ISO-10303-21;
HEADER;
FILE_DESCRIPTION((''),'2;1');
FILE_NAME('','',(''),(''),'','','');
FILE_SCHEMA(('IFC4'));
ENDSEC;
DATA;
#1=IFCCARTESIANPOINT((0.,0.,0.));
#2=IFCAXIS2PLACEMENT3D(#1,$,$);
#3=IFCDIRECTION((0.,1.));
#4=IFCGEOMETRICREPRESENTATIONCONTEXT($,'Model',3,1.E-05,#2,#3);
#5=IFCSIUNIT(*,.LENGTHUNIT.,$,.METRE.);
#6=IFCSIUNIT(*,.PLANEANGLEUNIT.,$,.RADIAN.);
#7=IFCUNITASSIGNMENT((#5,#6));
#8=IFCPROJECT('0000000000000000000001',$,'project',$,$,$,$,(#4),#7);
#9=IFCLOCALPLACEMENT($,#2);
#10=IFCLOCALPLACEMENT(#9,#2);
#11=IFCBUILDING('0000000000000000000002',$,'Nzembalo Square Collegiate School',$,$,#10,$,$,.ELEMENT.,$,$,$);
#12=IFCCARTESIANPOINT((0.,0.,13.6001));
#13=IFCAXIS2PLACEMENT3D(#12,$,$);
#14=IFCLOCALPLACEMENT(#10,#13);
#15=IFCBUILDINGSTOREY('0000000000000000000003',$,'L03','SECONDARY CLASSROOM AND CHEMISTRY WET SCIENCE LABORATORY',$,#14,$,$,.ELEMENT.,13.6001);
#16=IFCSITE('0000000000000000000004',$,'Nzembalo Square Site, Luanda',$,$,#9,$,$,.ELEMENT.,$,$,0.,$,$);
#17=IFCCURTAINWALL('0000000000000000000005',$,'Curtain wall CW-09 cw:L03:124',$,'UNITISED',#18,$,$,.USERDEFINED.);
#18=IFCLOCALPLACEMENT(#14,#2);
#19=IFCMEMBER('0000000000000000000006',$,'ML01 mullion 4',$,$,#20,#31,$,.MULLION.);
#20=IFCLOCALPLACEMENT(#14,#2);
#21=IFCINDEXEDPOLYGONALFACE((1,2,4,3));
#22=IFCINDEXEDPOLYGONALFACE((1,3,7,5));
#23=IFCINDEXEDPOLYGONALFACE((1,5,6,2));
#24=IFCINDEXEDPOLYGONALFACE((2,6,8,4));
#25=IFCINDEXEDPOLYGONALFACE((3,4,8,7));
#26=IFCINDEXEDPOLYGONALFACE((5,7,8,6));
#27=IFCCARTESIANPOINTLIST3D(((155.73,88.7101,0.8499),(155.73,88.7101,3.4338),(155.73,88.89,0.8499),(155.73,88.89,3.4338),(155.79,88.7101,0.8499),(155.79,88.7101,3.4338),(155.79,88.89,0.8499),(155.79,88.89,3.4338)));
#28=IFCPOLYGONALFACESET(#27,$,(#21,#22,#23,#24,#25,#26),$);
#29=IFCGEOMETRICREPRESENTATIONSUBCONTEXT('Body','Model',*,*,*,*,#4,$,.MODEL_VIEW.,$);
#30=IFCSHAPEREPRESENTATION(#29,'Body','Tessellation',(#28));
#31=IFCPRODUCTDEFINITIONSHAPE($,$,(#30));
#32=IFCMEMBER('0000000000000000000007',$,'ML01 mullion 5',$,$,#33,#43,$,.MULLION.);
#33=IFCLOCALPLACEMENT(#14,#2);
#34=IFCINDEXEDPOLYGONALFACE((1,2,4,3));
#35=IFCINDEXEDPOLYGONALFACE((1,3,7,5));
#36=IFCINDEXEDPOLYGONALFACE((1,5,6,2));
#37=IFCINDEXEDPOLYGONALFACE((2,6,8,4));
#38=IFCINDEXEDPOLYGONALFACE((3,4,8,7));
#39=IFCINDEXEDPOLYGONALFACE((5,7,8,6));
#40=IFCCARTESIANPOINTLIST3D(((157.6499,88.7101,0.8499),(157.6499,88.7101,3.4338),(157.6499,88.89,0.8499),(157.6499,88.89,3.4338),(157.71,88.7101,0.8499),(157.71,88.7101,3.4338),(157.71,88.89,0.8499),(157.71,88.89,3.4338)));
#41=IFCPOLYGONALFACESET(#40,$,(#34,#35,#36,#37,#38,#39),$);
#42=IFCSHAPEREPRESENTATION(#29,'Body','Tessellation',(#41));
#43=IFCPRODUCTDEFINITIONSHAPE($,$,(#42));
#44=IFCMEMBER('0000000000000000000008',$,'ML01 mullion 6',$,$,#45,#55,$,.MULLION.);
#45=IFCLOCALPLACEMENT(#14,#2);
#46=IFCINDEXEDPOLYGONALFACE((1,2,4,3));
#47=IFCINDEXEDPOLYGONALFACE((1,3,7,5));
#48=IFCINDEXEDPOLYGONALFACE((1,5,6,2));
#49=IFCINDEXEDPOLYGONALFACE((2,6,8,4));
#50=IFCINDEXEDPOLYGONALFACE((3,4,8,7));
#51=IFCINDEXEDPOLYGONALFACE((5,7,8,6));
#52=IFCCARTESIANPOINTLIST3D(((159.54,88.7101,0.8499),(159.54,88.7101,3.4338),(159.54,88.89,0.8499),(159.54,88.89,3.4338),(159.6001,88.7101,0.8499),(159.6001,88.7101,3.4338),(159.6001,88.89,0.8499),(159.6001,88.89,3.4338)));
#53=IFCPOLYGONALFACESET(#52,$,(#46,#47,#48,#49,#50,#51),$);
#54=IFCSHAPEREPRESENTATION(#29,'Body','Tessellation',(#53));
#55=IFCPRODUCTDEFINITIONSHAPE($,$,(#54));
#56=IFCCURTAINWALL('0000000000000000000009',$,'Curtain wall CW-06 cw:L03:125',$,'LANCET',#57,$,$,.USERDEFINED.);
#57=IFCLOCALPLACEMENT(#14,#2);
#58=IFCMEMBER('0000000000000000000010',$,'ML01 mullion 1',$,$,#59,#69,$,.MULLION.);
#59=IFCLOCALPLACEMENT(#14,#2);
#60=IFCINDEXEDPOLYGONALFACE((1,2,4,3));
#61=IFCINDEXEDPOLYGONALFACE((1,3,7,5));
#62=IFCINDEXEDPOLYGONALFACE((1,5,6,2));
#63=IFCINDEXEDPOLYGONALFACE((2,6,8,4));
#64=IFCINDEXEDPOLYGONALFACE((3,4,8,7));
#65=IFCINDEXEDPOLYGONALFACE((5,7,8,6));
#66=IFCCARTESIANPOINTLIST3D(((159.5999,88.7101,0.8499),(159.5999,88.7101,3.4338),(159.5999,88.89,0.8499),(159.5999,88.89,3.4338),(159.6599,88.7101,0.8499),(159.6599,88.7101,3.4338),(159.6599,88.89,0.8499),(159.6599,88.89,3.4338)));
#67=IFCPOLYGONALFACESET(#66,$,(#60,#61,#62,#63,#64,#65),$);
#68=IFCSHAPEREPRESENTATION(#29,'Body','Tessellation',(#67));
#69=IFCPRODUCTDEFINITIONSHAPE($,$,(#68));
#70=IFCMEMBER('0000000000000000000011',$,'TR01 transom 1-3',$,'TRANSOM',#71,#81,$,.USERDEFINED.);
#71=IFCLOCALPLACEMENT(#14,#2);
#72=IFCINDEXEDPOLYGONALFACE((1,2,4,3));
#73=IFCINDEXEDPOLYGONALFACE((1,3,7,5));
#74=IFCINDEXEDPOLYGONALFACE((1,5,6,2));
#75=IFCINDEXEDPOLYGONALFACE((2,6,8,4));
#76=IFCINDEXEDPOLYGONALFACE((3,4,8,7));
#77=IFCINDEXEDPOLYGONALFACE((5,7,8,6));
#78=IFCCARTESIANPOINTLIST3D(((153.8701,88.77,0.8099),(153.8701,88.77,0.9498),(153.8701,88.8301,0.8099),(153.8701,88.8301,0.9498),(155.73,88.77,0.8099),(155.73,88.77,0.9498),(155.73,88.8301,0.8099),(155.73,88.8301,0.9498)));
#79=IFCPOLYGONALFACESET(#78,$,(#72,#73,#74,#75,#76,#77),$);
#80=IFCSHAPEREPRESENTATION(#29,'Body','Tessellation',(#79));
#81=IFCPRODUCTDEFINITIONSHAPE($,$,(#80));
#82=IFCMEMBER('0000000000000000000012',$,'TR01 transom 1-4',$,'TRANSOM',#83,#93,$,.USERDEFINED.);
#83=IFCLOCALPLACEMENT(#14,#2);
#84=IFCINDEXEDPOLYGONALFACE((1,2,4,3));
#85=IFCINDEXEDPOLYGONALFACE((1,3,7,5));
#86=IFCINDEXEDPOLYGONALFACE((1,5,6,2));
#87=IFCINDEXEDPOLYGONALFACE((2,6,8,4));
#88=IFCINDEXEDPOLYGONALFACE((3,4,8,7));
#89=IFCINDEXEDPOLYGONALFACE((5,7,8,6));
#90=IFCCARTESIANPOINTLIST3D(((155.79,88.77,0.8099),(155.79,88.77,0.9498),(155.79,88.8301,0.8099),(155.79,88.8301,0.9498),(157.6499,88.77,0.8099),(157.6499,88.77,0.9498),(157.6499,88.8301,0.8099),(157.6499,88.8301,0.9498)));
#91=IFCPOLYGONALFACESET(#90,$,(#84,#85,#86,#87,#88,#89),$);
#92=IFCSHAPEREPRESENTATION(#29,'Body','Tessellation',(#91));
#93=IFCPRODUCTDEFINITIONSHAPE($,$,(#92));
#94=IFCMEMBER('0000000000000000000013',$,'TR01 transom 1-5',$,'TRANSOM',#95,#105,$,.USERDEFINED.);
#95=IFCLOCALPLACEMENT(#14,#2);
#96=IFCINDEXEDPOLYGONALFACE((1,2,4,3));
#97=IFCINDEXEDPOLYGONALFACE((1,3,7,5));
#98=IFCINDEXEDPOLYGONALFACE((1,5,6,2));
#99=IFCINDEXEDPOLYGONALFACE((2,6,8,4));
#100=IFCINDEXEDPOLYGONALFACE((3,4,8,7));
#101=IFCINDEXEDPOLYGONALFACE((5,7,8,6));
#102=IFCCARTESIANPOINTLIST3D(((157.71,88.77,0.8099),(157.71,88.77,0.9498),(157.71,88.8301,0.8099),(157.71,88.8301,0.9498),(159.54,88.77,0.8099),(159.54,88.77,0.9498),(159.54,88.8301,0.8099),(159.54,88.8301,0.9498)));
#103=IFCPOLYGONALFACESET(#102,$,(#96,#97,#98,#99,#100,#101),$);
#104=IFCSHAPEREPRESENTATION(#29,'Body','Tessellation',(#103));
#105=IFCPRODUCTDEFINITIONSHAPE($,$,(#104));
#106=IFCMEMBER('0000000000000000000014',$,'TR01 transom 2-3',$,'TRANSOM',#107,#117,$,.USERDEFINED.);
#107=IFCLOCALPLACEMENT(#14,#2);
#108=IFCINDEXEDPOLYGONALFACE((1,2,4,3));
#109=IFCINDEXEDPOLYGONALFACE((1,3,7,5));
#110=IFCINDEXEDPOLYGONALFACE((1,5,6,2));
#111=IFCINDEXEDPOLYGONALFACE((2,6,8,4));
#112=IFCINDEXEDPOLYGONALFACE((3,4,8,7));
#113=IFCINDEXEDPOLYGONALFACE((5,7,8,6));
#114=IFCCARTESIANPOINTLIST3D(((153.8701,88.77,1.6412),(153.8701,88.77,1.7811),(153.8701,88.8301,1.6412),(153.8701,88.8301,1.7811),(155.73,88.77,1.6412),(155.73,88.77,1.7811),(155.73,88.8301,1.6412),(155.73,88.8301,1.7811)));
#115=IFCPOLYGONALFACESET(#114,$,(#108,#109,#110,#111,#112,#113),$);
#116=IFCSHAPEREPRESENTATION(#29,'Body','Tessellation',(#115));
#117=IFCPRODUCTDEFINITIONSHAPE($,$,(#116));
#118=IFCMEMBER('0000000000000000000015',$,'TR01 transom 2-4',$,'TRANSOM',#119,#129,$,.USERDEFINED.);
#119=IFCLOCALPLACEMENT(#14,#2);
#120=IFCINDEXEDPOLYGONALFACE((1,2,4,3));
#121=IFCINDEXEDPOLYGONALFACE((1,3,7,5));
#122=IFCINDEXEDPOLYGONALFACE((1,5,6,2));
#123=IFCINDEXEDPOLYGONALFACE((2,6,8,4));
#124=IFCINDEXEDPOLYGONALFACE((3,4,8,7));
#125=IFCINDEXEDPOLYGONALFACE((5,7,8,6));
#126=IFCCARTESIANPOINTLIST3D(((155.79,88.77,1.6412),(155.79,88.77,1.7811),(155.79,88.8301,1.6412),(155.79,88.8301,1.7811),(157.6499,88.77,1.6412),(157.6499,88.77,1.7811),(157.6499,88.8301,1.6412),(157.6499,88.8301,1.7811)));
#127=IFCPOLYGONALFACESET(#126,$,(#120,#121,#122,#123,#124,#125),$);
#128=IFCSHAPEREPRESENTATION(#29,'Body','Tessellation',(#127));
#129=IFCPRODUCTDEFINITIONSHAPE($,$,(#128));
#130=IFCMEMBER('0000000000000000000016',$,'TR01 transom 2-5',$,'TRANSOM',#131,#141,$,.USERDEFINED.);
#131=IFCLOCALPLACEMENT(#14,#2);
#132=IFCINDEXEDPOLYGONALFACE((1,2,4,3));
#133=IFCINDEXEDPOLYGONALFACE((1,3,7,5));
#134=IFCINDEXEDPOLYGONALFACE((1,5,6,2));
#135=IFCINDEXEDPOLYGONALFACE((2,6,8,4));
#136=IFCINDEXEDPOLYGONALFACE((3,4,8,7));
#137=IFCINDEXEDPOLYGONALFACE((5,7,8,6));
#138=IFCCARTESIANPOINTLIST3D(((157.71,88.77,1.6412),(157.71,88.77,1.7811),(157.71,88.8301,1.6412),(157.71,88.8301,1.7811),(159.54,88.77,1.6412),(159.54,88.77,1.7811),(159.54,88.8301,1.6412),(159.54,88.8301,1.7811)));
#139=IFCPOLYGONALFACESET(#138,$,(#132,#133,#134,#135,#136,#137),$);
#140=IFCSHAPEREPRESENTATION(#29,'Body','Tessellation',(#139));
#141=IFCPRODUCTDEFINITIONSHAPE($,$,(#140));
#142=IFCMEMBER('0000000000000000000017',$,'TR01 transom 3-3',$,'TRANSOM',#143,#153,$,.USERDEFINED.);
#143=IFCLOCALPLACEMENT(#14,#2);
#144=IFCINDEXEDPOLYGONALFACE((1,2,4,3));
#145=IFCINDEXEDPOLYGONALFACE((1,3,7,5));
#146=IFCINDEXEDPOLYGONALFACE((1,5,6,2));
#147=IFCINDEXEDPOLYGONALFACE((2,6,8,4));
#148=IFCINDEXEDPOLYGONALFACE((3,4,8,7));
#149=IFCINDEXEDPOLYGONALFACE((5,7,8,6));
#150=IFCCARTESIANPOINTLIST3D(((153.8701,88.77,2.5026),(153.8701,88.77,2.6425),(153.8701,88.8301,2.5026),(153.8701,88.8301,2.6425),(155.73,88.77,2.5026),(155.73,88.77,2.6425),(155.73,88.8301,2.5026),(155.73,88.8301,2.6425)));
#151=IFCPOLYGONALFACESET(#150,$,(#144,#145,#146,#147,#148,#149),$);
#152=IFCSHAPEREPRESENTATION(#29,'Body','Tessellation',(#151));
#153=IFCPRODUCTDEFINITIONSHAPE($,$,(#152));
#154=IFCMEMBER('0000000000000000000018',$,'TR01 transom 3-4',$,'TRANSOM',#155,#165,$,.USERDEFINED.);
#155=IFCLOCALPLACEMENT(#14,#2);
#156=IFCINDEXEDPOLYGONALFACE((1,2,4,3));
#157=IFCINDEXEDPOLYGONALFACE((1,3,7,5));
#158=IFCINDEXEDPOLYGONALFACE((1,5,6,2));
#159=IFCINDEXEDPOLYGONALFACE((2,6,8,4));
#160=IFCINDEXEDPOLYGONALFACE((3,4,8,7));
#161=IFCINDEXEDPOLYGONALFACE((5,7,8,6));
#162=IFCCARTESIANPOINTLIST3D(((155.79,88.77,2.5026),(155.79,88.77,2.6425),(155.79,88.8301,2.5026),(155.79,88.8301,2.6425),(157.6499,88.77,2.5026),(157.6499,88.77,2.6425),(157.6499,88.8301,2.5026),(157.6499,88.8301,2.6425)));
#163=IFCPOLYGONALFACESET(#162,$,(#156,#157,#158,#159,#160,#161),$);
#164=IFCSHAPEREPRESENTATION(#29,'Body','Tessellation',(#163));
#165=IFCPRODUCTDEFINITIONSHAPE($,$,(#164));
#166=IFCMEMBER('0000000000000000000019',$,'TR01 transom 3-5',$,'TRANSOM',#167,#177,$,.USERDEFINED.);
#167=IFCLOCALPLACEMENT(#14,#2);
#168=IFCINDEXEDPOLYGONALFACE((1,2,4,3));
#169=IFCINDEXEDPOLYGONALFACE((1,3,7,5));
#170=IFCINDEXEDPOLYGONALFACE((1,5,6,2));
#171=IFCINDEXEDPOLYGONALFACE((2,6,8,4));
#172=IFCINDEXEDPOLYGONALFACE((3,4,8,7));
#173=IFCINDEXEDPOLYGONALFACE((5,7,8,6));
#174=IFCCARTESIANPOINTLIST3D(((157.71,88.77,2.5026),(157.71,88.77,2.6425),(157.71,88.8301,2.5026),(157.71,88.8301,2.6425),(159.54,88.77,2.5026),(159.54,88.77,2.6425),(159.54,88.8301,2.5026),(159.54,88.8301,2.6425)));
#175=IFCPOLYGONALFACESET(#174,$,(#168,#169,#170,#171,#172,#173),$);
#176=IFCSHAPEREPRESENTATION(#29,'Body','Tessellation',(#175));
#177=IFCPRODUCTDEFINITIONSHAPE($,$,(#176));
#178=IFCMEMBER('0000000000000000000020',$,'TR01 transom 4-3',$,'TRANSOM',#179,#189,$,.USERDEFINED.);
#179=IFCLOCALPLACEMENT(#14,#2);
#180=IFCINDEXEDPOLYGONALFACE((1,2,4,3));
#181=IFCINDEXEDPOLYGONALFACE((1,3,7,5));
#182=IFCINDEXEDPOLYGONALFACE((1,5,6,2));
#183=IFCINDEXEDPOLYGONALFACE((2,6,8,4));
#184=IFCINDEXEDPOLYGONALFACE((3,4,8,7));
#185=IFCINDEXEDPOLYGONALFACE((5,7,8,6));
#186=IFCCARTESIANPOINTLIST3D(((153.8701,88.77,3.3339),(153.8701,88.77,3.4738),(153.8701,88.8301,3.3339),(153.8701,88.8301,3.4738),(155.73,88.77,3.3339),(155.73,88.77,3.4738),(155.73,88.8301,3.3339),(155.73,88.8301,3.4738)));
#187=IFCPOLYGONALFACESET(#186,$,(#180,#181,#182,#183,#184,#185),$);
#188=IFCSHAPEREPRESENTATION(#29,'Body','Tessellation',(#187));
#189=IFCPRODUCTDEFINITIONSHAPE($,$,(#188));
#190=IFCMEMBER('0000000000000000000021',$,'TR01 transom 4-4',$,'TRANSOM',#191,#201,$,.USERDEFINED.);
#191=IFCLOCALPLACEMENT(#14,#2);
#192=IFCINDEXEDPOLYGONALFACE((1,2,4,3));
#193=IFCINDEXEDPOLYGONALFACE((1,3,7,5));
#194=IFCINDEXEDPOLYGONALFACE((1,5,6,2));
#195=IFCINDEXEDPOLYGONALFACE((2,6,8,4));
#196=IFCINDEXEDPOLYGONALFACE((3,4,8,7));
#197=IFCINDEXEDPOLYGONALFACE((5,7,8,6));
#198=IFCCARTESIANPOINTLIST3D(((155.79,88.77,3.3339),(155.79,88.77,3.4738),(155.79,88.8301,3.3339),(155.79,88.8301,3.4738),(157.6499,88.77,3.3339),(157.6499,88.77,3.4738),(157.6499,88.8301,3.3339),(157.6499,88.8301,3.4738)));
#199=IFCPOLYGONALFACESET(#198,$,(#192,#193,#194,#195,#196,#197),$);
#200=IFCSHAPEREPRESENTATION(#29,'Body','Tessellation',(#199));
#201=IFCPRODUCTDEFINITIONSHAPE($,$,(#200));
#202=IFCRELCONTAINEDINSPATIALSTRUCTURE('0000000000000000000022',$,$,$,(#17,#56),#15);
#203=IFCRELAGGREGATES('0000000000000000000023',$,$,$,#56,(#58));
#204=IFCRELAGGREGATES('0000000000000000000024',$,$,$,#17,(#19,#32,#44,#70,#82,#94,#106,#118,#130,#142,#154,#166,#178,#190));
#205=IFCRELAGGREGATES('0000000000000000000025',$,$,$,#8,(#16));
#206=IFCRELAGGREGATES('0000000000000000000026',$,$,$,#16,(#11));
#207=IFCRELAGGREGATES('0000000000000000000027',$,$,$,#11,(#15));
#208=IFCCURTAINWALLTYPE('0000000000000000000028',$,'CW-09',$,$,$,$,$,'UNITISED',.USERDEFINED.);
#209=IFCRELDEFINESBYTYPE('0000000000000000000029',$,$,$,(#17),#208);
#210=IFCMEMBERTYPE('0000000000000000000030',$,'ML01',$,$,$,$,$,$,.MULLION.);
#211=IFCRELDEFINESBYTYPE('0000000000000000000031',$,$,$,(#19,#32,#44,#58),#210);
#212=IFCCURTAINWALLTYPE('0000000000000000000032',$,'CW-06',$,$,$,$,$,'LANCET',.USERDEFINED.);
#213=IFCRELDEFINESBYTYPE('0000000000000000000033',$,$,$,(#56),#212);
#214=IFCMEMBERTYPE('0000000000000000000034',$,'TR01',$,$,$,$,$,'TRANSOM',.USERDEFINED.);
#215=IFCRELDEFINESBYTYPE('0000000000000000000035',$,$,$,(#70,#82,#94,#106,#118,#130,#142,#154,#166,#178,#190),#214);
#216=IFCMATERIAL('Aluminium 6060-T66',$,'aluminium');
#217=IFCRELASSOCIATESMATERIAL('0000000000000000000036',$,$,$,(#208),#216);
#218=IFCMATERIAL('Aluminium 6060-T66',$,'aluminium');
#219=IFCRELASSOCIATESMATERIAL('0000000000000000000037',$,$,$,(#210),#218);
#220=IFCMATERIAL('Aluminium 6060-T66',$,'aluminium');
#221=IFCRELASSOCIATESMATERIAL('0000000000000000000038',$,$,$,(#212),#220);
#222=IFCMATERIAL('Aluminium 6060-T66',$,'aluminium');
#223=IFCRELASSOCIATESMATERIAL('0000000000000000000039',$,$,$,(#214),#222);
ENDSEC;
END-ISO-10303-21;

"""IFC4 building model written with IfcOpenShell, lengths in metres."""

from ifc_helpers import new_model, si_unit, direction, frame, origin, origin_2d, place, context, subcontext, project, spatial, rectangle, extrude, material, material_profile, profile_set, type_object, element, aggregate, save


model = new_model("IFC4")

# Units and contexts
model_context = context("Model", 3, precision=1e-05, world=origin(), true_north=direction((0.0, 1.0)))
body_context = subcontext(model_context, "Body", "Model", "MODEL_VIEW")
ifc_project = project(units=[si_unit("LENGTHUNIT", "METRE"), si_unit("PLANEANGLEUNIT", "RADIAN")], contexts=[model_context])

# Site, building, storey
site_placement = place(None, origin())
site = spatial("IfcSite", under=ifc_project, at=site_placement, Name="Nzembalo Square Site, Luanda", CompositionType="ELEMENT", RefElevation=0.0)
building_placement = place(site_placement, origin())
building = spatial("IfcBuilding", under=site, at=building_placement, Name="Nzembalo Square Collegiate School", CompositionType="ELEMENT")
storey_placement = place(building_placement, frame((0.0, 0.0, 13.6001)))
storey = spatial("IfcBuildingStorey", under=building, at=storey_placement, Name="L03", Description="SECONDARY CLASSROOM AND CHEMISTRY WET SCIENCE LABORATORY", CompositionType="ELEMENT", Elevation=13.6001)

# Curtain wall, members
ifc_material_1 = material(Name="Aluminium 6060-T66", Category="aluminium")
curtain_wall_type_1 = type_object("IfcCurtainWallType", Name="CW-09", ElementType="UNITISED", PredefinedType="USERDEFINED", material=ifc_material_1)
curtain_wall_1_placement = place(storey_placement, origin())
curtain_wall_1 = element("IfcCurtainWall", 1, at=curtain_wall_1_placement, inside=storey, type_object=curtain_wall_type_1, Name="Curtain wall CW-09 cw:L03:124", ObjectType="UNITISED", PredefinedType="USERDEFINED")
ifc_material_2 = material(Name="Aluminium 6060-T66", Category="aluminium")
ifc_material_profile_1 = material_profile(ifc_material_2, rectangle(XDim=0.0601, YDim=0.1799, at=origin_2d()), Name="ALU M60x180")
ifc_profile_set_1 = profile_set([ifc_material_profile_1], Name="Aluminium 6060-T66")
member_type_1 = type_object("IfcMemberType", Name="ML01", PredefinedType="MULLION", material=ifc_profile_set_1)
member_1_placement = place(storey_placement, frame((155.76, 88.8, 0.8499), z_axis=(0.0, 0.0, 1.0), x_axis=(1.0, 0.0, 0.0)))
member_1 = element("IfcMember", 2, at=member_1_placement, type_object=member_type_1, Name="ML01 mullion 4", PredefinedType="MULLION", context=body_context, shape_type="SweptSolid", body=[
    extrude(rectangle(XDim=0.0601, YDim=0.1799, at=origin_2d()), origin(), (0.0, 0.0, 1.0), 2.584),
])
member_2_placement = place(storey_placement, frame((157.6799, 88.8, 0.8499), z_axis=(0.0, 0.0, 1.0), x_axis=(1.0, 0.0, 0.0)))
member_2 = element("IfcMember", 3, at=member_2_placement, type_object=member_type_1, Name="ML01 mullion 5", PredefinedType="MULLION", context=body_context, shape_type="SweptSolid", body=[
    extrude(rectangle(XDim=0.0601, YDim=0.1799, at=origin_2d()), origin(), (0.0, 0.0, 1.0), 2.584),
])
member_3_placement = place(storey_placement, frame((159.5701, 88.8, 0.8499), z_axis=(0.0, 0.0, 1.0), x_axis=(1.0, 0.0, 0.0)))
member_3 = element("IfcMember", 4, at=member_3_placement, type_object=member_type_1, Name="ML01 mullion 6", PredefinedType="MULLION", context=body_context, shape_type="SweptSolid", body=[
    extrude(rectangle(XDim=0.0601, YDim=0.1799, at=origin_2d()), origin(), (0.0, 0.0, 1.0), 2.584),
])

# Curtain wall, member
ifc_material_3 = material(Name="Aluminium 6060-T66", Category="aluminium")
curtain_wall_type_2 = type_object("IfcCurtainWallType", Name="CW-06", ElementType="LANCET", PredefinedType="USERDEFINED", material=ifc_material_3)
curtain_wall_2_placement = place(storey_placement, origin())
curtain_wall_2 = element("IfcCurtainWall", 5, at=curtain_wall_2_placement, inside=storey, type_object=curtain_wall_type_2, Name="Curtain wall CW-06 cw:L03:125", ObjectType="LANCET", PredefinedType="USERDEFINED")
member_4_placement = place(storey_placement, frame((159.6299, 88.8, 0.8499), z_axis=(0.0, 0.0, 1.0), x_axis=(1.0, 0.0, 0.0)))
member_4 = element("IfcMember", 6, at=member_4_placement, type_object=member_type_1, Name="ML01 mullion 1", PredefinedType="MULLION", context=body_context, shape_type="SweptSolid", body=[
    extrude(rectangle(XDim=0.0601, YDim=0.1799, at=origin_2d()), origin(), (0.0, 0.0, 1.0), 2.584),
])

# Members
ifc_material_4 = material(Name="Aluminium 6060-T66", Category="aluminium")
ifc_material_profile_2 = material_profile(ifc_material_4, rectangle(XDim=0.0601, YDim=0.1399, at=origin_2d()), Name="ALU T60x140")
ifc_profile_set_2 = profile_set([ifc_material_profile_2], Name="Aluminium 6060-T66")
member_type_2 = type_object("IfcMemberType", Name="TR01", ElementType="TRANSOM", PredefinedType="USERDEFINED", material=ifc_profile_set_2)
member_5_placement = place(storey_placement, frame((153.8701, 88.8, 0.8799), z_axis=(1.0, 0.0, 0.0), x_axis=(0.0, 1.0, 0.0)))
member_5 = element("IfcMember", 7, at=member_5_placement, type_object=member_type_2, Name="TR01 transom 1-3", ObjectType="TRANSOM", PredefinedType="USERDEFINED", context=body_context, shape_type="SweptSolid", body=[
    extrude(rectangle(XDim=0.0601, YDim=0.1399, at=origin_2d()), origin(), (0.0, 0.0, 1.0), 1.8599),
])
member_6_placement = place(storey_placement, frame((155.79, 88.8, 0.8799), z_axis=(1.0, 0.0, 0.0), x_axis=(0.0, 1.0, 0.0)))
member_6 = element("IfcMember", 8, at=member_6_placement, type_object=member_type_2, Name="TR01 transom 1-4", ObjectType="TRANSOM", PredefinedType="USERDEFINED", context=body_context, shape_type="SweptSolid", body=[
    extrude(rectangle(XDim=0.0601, YDim=0.1399, at=origin_2d()), origin(), (0.0, 0.0, 1.0), 1.8599),
])
member_7_placement = place(storey_placement, frame((157.71, 88.8, 0.8799), z_axis=(1.0, 0.0, 0.0), x_axis=(0.0, 1.0, 0.0)))
member_7 = element("IfcMember", 9, at=member_7_placement, type_object=member_type_2, Name="TR01 transom 1-5", ObjectType="TRANSOM", PredefinedType="USERDEFINED", context=body_context, shape_type="SweptSolid", body=[
    extrude(rectangle(XDim=0.0601, YDim=0.1399, at=origin_2d()), origin(), (0.0, 0.0, 1.0), 1.8301),
])
member_8_placement = place(storey_placement, frame((153.8701, 88.8, 1.7112), z_axis=(1.0, 0.0, 0.0), x_axis=(0.0, 1.0, 0.0)))
member_8 = element("IfcMember", 10, at=member_8_placement, type_object=member_type_2, Name="TR01 transom 2-3", ObjectType="TRANSOM", PredefinedType="USERDEFINED", context=body_context, shape_type="SweptSolid", body=[
    extrude(rectangle(XDim=0.0601, YDim=0.1399, at=origin_2d()), origin(), (0.0, 0.0, 1.0), 1.8599),
])
member_9_placement = place(storey_placement, frame((155.79, 88.8, 1.7112), z_axis=(1.0, 0.0, 0.0), x_axis=(0.0, 1.0, 0.0)))
member_9 = element("IfcMember", 11, at=member_9_placement, type_object=member_type_2, Name="TR01 transom 2-4", ObjectType="TRANSOM", PredefinedType="USERDEFINED", context=body_context, shape_type="SweptSolid", body=[
    extrude(rectangle(XDim=0.0601, YDim=0.1399, at=origin_2d()), origin(), (0.0, 0.0, 1.0), 1.8599),
])
member_10_placement = place(storey_placement, frame((157.71, 88.8, 1.7112), z_axis=(1.0, 0.0, 0.0), x_axis=(0.0, 1.0, 0.0)))
member_10 = element("IfcMember", 12, at=member_10_placement, type_object=member_type_2, Name="TR01 transom 2-5", ObjectType="TRANSOM", PredefinedType="USERDEFINED", context=body_context, shape_type="SweptSolid", body=[
    extrude(rectangle(XDim=0.0601, YDim=0.1399, at=origin_2d()), origin(), (0.0, 0.0, 1.0), 1.8301),
])
member_11_placement = place(storey_placement, frame((153.8701, 88.8, 2.5725), z_axis=(1.0, 0.0, 0.0), x_axis=(0.0, 1.0, 0.0)))
member_11 = element("IfcMember", 13, at=member_11_placement, type_object=member_type_2, Name="TR01 transom 3-3", ObjectType="TRANSOM", PredefinedType="USERDEFINED", context=body_context, shape_type="SweptSolid", body=[
    extrude(rectangle(XDim=0.0601, YDim=0.1399, at=origin_2d()), origin(), (0.0, 0.0, 1.0), 1.8599),
])
member_12_placement = place(storey_placement, frame((155.79, 88.8, 2.5725), z_axis=(1.0, 0.0, 0.0), x_axis=(0.0, 1.0, 0.0)))
member_12 = element("IfcMember", 14, at=member_12_placement, type_object=member_type_2, Name="TR01 transom 3-4", ObjectType="TRANSOM", PredefinedType="USERDEFINED", context=body_context, shape_type="SweptSolid", body=[
    extrude(rectangle(XDim=0.0601, YDim=0.1399, at=origin_2d()), origin(), (0.0, 0.0, 1.0), 1.8599),
])
member_13_placement = place(storey_placement, frame((157.71, 88.8, 2.5725), z_axis=(1.0, 0.0, 0.0), x_axis=(0.0, 1.0, 0.0)))
member_13 = element("IfcMember", 15, at=member_13_placement, type_object=member_type_2, Name="TR01 transom 3-5", ObjectType="TRANSOM", PredefinedType="USERDEFINED", context=body_context, shape_type="SweptSolid", body=[
    extrude(rectangle(XDim=0.0601, YDim=0.1399, at=origin_2d()), origin(), (0.0, 0.0, 1.0), 1.8301),
])
member_14_placement = place(storey_placement, frame((153.8701, 88.8, 3.4038), z_axis=(1.0, 0.0, 0.0), x_axis=(0.0, 1.0, 0.0)))
member_14 = element("IfcMember", 16, at=member_14_placement, type_object=member_type_2, Name="TR01 transom 4-3", ObjectType="TRANSOM", PredefinedType="USERDEFINED", context=body_context, shape_type="SweptSolid", body=[
    extrude(rectangle(XDim=0.0601, YDim=0.1399, at=origin_2d()), origin(), (0.0, 0.0, 1.0), 1.8599),
])
member_15_placement = place(storey_placement, frame((155.79, 88.8, 3.4038), z_axis=(1.0, 0.0, 0.0), x_axis=(0.0, 1.0, 0.0)))
member_15 = element("IfcMember", 17, at=member_15_placement, type_object=member_type_2, Name="TR01 transom 4-4", ObjectType="TRANSOM", PredefinedType="USERDEFINED", context=body_context, shape_type="SweptSolid", body=[
    extrude(rectangle(XDim=0.0601, YDim=0.1399, at=origin_2d()), origin(), (0.0, 0.0, 1.0), 1.8599),
])
aggregate(curtain_wall_2, [member_4])

aggregate(curtain_wall_1, [member_1, member_2, member_3, member_5, member_6, member_7, member_8, member_9, member_10, member_11, member_12, member_13, member_14, member_15])

save(model, "model.ifc")
